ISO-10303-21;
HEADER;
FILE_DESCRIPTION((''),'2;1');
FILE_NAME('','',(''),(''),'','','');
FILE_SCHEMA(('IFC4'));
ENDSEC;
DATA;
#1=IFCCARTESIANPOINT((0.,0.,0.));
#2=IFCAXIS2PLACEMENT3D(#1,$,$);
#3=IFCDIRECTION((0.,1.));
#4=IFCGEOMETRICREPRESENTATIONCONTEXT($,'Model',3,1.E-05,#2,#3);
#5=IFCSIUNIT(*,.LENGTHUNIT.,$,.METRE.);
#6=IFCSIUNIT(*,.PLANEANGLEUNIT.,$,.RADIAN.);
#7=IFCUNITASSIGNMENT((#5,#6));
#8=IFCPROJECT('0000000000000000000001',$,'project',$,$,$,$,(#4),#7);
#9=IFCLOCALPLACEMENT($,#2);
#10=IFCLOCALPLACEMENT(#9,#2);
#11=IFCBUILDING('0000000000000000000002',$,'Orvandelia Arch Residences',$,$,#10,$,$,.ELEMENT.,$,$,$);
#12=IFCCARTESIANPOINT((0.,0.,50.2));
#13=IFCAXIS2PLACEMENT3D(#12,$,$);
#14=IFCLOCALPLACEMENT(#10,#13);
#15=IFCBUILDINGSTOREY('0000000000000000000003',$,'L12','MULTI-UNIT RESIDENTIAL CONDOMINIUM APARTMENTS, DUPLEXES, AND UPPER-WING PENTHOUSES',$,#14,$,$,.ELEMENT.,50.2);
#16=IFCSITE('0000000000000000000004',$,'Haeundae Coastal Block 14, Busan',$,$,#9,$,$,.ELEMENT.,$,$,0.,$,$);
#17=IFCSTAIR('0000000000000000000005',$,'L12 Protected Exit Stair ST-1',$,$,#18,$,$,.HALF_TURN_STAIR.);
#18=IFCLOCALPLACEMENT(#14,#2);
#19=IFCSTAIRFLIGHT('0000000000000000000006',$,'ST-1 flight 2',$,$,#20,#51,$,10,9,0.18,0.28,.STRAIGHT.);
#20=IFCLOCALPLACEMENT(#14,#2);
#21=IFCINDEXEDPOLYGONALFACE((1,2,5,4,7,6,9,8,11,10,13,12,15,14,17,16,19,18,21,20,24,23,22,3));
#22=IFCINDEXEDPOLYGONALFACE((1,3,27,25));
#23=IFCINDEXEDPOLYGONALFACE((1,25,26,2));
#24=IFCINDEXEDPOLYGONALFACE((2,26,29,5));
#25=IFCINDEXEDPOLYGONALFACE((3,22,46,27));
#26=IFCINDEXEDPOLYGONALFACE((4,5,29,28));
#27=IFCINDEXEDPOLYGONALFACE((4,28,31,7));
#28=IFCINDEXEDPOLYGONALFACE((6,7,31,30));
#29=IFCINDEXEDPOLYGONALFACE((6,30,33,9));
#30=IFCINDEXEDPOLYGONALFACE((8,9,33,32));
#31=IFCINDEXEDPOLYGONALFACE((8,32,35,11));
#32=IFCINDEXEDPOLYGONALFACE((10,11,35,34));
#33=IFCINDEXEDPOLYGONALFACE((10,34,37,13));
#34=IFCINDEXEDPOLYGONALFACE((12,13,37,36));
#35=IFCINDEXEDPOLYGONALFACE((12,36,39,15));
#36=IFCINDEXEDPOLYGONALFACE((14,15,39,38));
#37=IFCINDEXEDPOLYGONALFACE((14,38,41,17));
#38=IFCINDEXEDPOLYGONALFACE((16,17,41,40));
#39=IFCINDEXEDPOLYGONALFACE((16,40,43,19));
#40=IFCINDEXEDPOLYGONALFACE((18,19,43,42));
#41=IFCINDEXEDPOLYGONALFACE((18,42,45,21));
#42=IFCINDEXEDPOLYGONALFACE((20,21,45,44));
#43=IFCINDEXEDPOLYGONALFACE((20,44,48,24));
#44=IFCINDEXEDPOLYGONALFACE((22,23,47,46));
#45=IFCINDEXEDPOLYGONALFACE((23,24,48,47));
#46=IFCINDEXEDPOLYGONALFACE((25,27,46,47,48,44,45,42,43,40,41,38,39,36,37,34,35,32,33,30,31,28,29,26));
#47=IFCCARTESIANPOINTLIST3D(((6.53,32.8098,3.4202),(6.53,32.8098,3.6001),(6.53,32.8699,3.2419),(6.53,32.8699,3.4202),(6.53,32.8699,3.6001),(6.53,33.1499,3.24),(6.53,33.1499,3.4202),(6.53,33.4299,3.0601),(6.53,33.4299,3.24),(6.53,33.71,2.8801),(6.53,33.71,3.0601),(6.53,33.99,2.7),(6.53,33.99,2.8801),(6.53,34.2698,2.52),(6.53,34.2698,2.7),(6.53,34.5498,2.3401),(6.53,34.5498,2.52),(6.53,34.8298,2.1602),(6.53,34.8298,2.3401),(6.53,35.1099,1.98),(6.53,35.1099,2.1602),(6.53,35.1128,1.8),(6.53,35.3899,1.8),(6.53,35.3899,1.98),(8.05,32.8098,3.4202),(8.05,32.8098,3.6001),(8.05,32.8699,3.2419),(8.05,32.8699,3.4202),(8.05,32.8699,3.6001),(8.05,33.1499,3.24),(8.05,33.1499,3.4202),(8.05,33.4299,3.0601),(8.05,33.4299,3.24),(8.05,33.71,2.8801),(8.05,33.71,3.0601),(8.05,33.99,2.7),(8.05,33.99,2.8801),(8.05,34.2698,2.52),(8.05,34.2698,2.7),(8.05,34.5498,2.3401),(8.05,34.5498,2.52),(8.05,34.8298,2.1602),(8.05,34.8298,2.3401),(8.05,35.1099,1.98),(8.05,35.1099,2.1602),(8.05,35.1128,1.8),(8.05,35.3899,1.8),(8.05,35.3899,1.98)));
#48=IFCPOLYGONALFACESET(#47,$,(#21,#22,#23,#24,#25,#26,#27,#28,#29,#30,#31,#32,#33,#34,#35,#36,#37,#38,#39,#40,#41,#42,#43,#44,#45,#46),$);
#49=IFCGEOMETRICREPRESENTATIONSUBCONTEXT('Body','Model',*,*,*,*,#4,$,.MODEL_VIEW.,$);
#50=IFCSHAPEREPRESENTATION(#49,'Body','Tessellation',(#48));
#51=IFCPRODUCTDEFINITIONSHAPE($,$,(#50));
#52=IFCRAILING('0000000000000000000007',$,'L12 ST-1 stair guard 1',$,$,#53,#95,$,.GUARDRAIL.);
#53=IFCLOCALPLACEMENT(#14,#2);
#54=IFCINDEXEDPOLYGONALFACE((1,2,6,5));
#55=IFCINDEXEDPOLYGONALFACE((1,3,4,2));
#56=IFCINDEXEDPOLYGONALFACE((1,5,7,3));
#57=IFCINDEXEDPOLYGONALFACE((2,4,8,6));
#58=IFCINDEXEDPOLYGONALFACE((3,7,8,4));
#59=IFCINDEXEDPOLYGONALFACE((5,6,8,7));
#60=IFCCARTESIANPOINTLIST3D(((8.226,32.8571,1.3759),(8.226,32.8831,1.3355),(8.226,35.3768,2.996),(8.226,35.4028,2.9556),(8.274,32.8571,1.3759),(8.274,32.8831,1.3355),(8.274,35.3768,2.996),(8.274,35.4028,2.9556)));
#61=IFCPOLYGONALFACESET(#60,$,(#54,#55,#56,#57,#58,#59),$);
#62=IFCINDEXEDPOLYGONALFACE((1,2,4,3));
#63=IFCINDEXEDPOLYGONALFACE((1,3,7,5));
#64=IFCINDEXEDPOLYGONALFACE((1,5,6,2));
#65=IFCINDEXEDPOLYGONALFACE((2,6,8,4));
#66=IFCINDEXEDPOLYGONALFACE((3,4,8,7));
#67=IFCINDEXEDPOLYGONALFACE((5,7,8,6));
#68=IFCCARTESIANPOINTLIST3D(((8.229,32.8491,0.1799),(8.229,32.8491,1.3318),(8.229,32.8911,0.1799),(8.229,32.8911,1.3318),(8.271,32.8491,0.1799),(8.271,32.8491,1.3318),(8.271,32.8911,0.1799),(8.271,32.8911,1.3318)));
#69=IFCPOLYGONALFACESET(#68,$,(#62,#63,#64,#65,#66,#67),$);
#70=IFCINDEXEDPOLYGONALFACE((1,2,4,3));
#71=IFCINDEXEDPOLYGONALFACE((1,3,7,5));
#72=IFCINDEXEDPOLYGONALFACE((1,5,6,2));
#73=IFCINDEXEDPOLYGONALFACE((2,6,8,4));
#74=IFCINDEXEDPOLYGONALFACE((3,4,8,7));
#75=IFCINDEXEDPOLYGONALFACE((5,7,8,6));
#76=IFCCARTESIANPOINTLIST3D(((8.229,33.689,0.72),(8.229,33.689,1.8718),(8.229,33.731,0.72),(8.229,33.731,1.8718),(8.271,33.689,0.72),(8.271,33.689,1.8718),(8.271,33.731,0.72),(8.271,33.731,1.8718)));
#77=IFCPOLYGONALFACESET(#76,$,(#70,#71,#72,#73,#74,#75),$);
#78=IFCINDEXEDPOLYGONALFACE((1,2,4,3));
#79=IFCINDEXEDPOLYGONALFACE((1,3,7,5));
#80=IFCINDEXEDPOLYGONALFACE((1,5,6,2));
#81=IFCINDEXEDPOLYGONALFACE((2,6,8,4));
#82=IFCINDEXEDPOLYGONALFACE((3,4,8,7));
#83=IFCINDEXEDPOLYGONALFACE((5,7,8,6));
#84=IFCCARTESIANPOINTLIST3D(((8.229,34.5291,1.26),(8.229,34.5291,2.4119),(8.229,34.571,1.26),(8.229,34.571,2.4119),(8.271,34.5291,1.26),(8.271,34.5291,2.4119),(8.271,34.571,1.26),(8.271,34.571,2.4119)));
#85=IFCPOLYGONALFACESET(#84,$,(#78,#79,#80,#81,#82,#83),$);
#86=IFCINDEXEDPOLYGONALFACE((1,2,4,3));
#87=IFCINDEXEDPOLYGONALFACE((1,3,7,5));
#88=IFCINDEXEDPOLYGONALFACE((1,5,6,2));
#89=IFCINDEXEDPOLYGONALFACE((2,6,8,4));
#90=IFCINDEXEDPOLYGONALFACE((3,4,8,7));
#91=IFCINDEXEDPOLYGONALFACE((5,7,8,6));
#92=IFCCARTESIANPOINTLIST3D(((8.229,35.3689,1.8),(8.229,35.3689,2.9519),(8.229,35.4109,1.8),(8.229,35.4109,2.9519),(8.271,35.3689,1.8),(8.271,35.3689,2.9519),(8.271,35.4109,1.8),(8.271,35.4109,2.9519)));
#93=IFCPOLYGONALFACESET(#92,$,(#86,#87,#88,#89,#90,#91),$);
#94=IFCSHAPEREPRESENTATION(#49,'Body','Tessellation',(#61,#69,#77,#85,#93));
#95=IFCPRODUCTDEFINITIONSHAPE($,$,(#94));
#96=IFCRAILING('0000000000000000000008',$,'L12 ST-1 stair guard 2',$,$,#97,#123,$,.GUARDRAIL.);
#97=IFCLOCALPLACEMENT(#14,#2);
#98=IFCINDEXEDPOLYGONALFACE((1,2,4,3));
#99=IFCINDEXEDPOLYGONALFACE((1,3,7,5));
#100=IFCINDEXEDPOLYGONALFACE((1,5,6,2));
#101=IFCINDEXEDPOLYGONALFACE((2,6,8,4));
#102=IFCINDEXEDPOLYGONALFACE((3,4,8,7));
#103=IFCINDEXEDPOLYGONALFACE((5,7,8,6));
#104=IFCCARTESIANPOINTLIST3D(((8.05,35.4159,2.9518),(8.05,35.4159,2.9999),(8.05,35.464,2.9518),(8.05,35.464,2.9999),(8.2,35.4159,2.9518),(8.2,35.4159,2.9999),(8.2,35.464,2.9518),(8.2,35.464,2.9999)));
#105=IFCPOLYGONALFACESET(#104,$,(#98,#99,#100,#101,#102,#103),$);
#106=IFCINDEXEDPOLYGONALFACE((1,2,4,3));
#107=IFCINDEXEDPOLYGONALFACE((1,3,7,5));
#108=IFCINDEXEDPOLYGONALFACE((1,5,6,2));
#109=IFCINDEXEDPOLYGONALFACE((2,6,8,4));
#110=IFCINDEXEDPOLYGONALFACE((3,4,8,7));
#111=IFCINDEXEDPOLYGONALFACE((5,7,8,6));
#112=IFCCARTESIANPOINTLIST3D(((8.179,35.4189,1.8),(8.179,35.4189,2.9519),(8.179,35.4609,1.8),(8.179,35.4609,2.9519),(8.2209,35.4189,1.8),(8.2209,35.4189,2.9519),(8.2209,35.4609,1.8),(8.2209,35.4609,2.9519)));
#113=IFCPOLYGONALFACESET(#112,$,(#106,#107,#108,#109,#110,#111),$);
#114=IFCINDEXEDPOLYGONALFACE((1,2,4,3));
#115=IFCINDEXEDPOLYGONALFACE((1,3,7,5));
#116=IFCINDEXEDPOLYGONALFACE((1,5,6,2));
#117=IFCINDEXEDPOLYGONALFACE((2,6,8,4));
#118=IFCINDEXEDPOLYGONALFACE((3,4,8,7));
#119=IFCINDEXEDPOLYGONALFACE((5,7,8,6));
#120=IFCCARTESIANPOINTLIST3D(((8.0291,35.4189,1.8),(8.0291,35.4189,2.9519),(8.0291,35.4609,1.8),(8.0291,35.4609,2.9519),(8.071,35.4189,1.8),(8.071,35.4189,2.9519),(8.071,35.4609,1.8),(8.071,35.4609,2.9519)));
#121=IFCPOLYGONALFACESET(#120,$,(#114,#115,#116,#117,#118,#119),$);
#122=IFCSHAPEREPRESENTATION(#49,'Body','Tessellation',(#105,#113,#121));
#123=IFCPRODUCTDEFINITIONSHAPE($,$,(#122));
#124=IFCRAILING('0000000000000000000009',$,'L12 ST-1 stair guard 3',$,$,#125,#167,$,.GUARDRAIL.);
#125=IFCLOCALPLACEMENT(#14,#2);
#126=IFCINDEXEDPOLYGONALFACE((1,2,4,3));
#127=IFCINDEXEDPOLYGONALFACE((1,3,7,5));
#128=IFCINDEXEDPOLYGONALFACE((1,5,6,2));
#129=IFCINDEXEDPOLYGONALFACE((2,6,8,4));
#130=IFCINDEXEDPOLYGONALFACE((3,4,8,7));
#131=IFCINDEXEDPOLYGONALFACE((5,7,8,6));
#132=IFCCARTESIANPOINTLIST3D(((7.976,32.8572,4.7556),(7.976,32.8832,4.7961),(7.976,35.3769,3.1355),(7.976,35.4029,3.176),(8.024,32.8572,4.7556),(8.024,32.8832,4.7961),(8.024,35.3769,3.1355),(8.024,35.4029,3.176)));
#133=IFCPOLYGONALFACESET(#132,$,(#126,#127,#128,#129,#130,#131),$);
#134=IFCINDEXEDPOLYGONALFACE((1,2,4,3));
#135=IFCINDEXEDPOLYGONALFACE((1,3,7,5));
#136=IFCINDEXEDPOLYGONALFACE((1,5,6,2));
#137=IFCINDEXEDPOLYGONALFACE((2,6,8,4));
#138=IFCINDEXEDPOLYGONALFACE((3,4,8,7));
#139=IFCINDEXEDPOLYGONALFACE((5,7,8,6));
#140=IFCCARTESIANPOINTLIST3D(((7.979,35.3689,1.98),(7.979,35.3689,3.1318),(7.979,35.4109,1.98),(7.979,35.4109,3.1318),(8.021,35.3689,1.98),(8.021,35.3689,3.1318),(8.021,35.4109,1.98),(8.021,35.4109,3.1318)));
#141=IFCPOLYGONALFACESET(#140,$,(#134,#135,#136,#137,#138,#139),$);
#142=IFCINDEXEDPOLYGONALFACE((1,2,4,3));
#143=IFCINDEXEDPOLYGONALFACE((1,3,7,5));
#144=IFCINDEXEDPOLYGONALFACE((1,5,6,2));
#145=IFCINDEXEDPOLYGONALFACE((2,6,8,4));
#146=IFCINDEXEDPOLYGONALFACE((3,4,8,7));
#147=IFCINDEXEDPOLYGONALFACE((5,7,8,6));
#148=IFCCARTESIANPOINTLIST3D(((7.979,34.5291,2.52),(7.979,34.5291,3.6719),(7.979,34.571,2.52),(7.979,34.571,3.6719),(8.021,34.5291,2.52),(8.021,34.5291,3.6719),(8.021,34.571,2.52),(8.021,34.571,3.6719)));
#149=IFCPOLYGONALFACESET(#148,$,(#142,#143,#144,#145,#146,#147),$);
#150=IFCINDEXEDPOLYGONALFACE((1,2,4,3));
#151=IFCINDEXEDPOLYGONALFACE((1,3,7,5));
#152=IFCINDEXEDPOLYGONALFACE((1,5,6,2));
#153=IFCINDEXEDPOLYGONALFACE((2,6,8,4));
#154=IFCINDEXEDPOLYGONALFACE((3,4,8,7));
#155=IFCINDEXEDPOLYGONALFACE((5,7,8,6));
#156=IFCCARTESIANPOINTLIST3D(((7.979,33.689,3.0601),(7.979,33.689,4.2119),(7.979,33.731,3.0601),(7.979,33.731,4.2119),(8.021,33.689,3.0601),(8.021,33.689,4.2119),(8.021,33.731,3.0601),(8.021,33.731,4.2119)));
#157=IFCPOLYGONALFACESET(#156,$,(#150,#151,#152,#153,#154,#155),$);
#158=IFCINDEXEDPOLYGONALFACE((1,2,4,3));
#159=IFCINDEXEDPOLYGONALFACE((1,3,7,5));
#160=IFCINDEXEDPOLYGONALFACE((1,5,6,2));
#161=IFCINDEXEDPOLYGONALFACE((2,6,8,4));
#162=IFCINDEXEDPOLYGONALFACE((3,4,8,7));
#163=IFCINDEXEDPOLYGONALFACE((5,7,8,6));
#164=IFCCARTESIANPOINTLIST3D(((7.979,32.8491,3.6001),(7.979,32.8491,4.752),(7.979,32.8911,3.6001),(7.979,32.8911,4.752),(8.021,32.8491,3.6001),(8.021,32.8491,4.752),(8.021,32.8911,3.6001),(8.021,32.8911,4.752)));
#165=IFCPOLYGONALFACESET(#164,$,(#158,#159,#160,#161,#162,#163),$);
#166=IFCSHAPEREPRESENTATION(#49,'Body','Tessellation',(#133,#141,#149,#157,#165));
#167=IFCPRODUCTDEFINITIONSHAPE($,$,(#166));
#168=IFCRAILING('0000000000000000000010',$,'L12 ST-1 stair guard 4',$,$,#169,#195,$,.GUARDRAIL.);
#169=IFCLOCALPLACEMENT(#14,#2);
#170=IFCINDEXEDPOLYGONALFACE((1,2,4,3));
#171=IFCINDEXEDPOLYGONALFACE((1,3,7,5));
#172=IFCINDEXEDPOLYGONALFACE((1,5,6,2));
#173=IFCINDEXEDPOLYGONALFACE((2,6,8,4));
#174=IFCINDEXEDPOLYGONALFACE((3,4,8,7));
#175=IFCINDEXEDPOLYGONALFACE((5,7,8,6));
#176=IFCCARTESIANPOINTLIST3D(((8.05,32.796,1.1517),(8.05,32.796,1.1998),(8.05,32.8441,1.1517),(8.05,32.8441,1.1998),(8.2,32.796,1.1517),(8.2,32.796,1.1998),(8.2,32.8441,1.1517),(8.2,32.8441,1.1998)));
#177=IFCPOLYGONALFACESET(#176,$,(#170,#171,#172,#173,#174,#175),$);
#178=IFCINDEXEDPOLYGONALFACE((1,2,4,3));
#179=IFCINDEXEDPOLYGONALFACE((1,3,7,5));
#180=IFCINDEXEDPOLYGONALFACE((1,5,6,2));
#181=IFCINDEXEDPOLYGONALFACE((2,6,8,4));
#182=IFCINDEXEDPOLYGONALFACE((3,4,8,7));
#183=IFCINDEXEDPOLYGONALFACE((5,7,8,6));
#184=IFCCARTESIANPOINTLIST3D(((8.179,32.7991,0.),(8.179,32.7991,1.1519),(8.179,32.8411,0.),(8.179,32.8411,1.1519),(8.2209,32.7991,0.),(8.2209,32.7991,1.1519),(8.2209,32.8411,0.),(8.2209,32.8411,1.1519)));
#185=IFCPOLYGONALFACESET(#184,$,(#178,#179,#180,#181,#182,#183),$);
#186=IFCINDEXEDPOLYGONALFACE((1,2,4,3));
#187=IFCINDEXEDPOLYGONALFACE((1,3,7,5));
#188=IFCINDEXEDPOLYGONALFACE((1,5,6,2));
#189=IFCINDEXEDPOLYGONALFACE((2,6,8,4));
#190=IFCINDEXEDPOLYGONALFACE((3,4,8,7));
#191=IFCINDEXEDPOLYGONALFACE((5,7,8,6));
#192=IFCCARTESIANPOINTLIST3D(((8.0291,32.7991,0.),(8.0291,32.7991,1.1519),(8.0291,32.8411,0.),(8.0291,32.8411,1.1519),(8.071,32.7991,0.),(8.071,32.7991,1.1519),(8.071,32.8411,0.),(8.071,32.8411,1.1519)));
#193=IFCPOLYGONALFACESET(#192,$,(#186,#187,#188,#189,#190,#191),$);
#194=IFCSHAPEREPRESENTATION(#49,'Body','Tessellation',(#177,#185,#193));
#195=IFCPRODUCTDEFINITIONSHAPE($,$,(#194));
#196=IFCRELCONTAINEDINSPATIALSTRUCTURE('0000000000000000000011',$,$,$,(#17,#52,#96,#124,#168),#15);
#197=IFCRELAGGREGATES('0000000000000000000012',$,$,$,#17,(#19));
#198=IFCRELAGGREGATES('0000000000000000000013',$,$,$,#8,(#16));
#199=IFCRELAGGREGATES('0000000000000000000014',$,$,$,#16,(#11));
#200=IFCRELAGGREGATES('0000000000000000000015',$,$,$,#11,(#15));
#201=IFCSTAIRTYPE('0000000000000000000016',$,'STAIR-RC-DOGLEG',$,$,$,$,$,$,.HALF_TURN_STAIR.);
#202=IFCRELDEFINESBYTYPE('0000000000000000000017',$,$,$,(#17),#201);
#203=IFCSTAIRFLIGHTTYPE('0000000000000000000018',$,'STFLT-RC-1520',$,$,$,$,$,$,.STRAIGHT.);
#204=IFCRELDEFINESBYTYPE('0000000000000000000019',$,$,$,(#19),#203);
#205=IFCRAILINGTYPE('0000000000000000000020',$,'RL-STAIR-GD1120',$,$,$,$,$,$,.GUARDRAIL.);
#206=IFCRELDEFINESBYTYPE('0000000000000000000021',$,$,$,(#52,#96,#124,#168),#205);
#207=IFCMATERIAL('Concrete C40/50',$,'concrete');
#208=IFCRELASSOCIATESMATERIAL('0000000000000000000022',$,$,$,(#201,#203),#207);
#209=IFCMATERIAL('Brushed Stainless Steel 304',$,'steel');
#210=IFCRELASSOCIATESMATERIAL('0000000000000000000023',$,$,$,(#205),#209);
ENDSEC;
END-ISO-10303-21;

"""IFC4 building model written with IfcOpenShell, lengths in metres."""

from ifc_helpers import new_model, si_unit, direction, frame, origin, origin_2d, place, context, subcontext, project, spatial, polyline, rectangle, outline, extrude, material, type_object, element, aggregate, save


model = new_model("IFC4")

# Units and contexts
model_context = context("Model", 3, precision=1e-05, world=origin(), true_north=direction((0.0, 1.0)))
body_context = subcontext(model_context, "Body", "Model", "MODEL_VIEW")
ifc_project = project(units=[si_unit("LENGTHUNIT", "METRE"), si_unit("PLANEANGLEUNIT", "RADIAN")], contexts=[model_context])

# Site, building, storey
site_placement = place(None, origin())
site = spatial("IfcSite", under=ifc_project, at=site_placement, Name="Haeundae Coastal Block 14, Busan", CompositionType="ELEMENT", RefElevation=0.0)
building_placement = place(site_placement, origin())
building = spatial("IfcBuilding", under=site, at=building_placement, Name="Orvandelia Arch Residences", CompositionType="ELEMENT")
storey_placement = place(building_placement, frame((0.0, 0.0, 50.2)))
storey = spatial("IfcBuildingStorey", under=building, at=storey_placement, Name="L12", Description="MULTI-UNIT RESIDENTIAL CONDOMINIUM APARTMENTS, DUPLEXES, AND UPPER-WING PENTHOUSES", CompositionType="ELEMENT", Elevation=50.2)

# Stair, stair flight
ifc_material_1 = material(Name="Concrete C40/50", Category="concrete")
stair_type = type_object("IfcStairType", Name="STAIR-RC-DOGLEG", PredefinedType="HALF_TURN_STAIR", material=ifc_material_1)
stair_placement = place(storey_placement, origin())
stair = element("IfcStair", 1, at=stair_placement, inside=storey, type_object=stair_type, Name="L12 Protected Exit Stair ST-1", PredefinedType="HALF_TURN_STAIR")
stair_flight_type = type_object("IfcStairFlightType", Name="STFLT-RC-1520", PredefinedType="STRAIGHT", material=ifc_material_1)
stair_flight_1_placement = place(storey_placement, frame((7.29, 35.3899, 1.8), z_axis=(0.0, 0.0, 1.0), x_axis=(0.0, -1.0, 0.0)))
stair_flight_1 = element("IfcStairFlight", 2, at=stair_flight_1_placement, type_object=stair_flight_type, Name="ST-1 flight 2", NumberOfRisers=10, NumberOfTreads=9, PredefinedType="STRAIGHT", RiserHeight=0.18, TreadLength=0.28, context=body_context, shape_type="SweptSolid", body=[
    extrude(outline(polyline([(0.0, 0.0), (0.0, 0.1799), (0.28, 0.1799), (0.28, 0.3601), (0.5601, 0.3601), (0.5601, 0.54), (0.8401, 0.54), (0.8401, 0.72), (1.1201, 0.72), (1.1201, 0.8999), (1.3999, 0.8999), (1.3999, 1.0801), (1.6799, 1.0801), (1.6799, 1.26), (1.96, 1.26), (1.96, 1.4399), (2.24, 1.4399), (2.24, 1.6201), (2.52, 1.6201), (2.52, 1.8), (2.5801, 1.8), (2.5801, 1.6201), (2.52, 1.4419), (0.2771, 0.0), (0.0, 0.0)])), frame((0.0, 0.76, 0.0), z_axis=(0.0, -1.0, 0.0), x_axis=(1.0, 0.0, 0.0)), (0.0, 0.0, 1.0), 1.52),
])
aggregate(stair, [stair_flight_1])

# Railings
ifc_material_2 = material(Name="Brushed Stainless Steel 304", Category="steel")
railing_type_1 = type_object("IfcRailingType", Name="RL-STAIR-GD1120", PredefinedType="GUARDRAIL", material=ifc_material_2)
railing_1_placement = place(storey_placement, frame((8.25, 32.8701, 0.1799)))
element("IfcRailing", 3, at=railing_1_placement, inside=storey, type_object=railing_type_1, Name="L12 ST-1 stair guard 1", PredefinedType="GUARDRAIL", context=body_context, shape_type="SweptSolid", body=[
    extrude(rectangle(XDim=0.0481, YDim=0.0481, at=origin_2d()), frame((0.0, 0.0, 1.1758), z_axis=(0.0, 0.841139, 0.540819), x_axis=(-1.0, 0.0, 0.0)), (0.0, 0.0, 1.0), 2.9956),
    extrude(rectangle(XDim=0.042, YDim=0.042, at=origin_2d()), origin(), (0.0, 0.0, 1.0), 1.1519),
    extrude(rectangle(XDim=0.042, YDim=0.042, at=origin_2d()), frame((0.0, 0.8398, 0.54)), (0.0, 0.0, 1.0), 1.1519),
    extrude(rectangle(XDim=0.042, YDim=0.042, at=origin_2d()), frame((0.0, 1.6799, 1.0801)), (0.0, 0.0, 1.0), 1.1519),
    extrude(rectangle(XDim=0.042, YDim=0.042, at=origin_2d()), frame((0.0, 2.5198, 1.6201)), (0.0, 0.0, 1.0), 1.1519),
])
railing_2_placement = place(storey_placement, frame((8.2, 35.4399, 1.8)))
element("IfcRailing", 4, at=railing_2_placement, inside=storey, type_object=railing_type_1, Name="L12 ST-1 stair guard 2", PredefinedType="GUARDRAIL", context=body_context, shape_type="SweptSolid", body=[
    extrude(rectangle(XDim=0.0481, YDim=0.0481, at=origin_2d()), frame((0.0, 0.0, 1.1758), z_axis=(-1.0, 0.0, 0.0), x_axis=(0.0, -1.0, 0.0)), (0.0, 0.0, 1.0), 0.1499),
    extrude(rectangle(XDim=0.042, YDim=0.042, at=origin_2d()), origin(), (0.0, 0.0, 1.0), 1.1519),
    extrude(rectangle(XDim=0.042, YDim=0.042, at=origin_2d()), frame((-0.1499, 0.0, 0.0)), (0.0, 0.0, 1.0), 1.1519),
])
railing_3_placement = place(storey_placement, frame((8.0, 35.3899, 1.98)))
element("IfcRailing", 5, at=railing_3_placement, inside=storey, type_object=railing_type_1, Name="L12 ST-1 stair guard 3", PredefinedType="GUARDRAIL", context=body_context, shape_type="SweptSolid", body=[
    extrude(rectangle(XDim=0.0481, YDim=0.0481, at=origin_2d()), frame((0.0, 0.0, 1.1758), z_axis=(0.0, -0.841139, 0.540819), x_axis=(1.0, 0.0, 0.0)), (0.0, 0.0, 1.0), 2.9956),
    extrude(rectangle(XDim=0.042, YDim=0.042, at=origin_2d()), origin(), (0.0, 0.0, 1.0), 1.1519),
    extrude(rectangle(XDim=0.042, YDim=0.042, at=origin_2d()), frame((0.0, -0.8398, 0.54)), (0.0, 0.0, 1.0), 1.1519),
    extrude(rectangle(XDim=0.042, YDim=0.042, at=origin_2d()), frame((0.0, -1.6799, 1.0801)), (0.0, 0.0, 1.0), 1.1519),
    extrude(rectangle(XDim=0.042, YDim=0.042, at=origin_2d()), frame((0.0, -2.5198, 1.6201)), (0.0, 0.0, 1.0), 1.1519),
])
railing_4_placement = place(storey_placement, frame((8.2, 32.8201, 0.0)))
element("IfcRailing", 6, at=railing_4_placement, inside=storey, type_object=railing_type_1, Name="L12 ST-1 stair guard 4", PredefinedType="GUARDRAIL", context=body_context, shape_type="SweptSolid", body=[
    extrude(rectangle(XDim=0.0481, YDim=0.0481, at=origin_2d()), frame((0.0, 0.0, 1.1758), z_axis=(-1.0, 0.0, 0.0), x_axis=(0.0, -1.0, 0.0)), (0.0, 0.0, 1.0), 0.1499),
    extrude(rectangle(XDim=0.042, YDim=0.042, at=origin_2d()), origin(), (0.0, 0.0, 1.0), 1.1519),
    extrude(rectangle(XDim=0.042, YDim=0.042, at=origin_2d()), frame((-0.1499, 0.0, 0.0)), (0.0, 0.0, 1.0), 1.1519),
])

save(model, "model.ifc")
